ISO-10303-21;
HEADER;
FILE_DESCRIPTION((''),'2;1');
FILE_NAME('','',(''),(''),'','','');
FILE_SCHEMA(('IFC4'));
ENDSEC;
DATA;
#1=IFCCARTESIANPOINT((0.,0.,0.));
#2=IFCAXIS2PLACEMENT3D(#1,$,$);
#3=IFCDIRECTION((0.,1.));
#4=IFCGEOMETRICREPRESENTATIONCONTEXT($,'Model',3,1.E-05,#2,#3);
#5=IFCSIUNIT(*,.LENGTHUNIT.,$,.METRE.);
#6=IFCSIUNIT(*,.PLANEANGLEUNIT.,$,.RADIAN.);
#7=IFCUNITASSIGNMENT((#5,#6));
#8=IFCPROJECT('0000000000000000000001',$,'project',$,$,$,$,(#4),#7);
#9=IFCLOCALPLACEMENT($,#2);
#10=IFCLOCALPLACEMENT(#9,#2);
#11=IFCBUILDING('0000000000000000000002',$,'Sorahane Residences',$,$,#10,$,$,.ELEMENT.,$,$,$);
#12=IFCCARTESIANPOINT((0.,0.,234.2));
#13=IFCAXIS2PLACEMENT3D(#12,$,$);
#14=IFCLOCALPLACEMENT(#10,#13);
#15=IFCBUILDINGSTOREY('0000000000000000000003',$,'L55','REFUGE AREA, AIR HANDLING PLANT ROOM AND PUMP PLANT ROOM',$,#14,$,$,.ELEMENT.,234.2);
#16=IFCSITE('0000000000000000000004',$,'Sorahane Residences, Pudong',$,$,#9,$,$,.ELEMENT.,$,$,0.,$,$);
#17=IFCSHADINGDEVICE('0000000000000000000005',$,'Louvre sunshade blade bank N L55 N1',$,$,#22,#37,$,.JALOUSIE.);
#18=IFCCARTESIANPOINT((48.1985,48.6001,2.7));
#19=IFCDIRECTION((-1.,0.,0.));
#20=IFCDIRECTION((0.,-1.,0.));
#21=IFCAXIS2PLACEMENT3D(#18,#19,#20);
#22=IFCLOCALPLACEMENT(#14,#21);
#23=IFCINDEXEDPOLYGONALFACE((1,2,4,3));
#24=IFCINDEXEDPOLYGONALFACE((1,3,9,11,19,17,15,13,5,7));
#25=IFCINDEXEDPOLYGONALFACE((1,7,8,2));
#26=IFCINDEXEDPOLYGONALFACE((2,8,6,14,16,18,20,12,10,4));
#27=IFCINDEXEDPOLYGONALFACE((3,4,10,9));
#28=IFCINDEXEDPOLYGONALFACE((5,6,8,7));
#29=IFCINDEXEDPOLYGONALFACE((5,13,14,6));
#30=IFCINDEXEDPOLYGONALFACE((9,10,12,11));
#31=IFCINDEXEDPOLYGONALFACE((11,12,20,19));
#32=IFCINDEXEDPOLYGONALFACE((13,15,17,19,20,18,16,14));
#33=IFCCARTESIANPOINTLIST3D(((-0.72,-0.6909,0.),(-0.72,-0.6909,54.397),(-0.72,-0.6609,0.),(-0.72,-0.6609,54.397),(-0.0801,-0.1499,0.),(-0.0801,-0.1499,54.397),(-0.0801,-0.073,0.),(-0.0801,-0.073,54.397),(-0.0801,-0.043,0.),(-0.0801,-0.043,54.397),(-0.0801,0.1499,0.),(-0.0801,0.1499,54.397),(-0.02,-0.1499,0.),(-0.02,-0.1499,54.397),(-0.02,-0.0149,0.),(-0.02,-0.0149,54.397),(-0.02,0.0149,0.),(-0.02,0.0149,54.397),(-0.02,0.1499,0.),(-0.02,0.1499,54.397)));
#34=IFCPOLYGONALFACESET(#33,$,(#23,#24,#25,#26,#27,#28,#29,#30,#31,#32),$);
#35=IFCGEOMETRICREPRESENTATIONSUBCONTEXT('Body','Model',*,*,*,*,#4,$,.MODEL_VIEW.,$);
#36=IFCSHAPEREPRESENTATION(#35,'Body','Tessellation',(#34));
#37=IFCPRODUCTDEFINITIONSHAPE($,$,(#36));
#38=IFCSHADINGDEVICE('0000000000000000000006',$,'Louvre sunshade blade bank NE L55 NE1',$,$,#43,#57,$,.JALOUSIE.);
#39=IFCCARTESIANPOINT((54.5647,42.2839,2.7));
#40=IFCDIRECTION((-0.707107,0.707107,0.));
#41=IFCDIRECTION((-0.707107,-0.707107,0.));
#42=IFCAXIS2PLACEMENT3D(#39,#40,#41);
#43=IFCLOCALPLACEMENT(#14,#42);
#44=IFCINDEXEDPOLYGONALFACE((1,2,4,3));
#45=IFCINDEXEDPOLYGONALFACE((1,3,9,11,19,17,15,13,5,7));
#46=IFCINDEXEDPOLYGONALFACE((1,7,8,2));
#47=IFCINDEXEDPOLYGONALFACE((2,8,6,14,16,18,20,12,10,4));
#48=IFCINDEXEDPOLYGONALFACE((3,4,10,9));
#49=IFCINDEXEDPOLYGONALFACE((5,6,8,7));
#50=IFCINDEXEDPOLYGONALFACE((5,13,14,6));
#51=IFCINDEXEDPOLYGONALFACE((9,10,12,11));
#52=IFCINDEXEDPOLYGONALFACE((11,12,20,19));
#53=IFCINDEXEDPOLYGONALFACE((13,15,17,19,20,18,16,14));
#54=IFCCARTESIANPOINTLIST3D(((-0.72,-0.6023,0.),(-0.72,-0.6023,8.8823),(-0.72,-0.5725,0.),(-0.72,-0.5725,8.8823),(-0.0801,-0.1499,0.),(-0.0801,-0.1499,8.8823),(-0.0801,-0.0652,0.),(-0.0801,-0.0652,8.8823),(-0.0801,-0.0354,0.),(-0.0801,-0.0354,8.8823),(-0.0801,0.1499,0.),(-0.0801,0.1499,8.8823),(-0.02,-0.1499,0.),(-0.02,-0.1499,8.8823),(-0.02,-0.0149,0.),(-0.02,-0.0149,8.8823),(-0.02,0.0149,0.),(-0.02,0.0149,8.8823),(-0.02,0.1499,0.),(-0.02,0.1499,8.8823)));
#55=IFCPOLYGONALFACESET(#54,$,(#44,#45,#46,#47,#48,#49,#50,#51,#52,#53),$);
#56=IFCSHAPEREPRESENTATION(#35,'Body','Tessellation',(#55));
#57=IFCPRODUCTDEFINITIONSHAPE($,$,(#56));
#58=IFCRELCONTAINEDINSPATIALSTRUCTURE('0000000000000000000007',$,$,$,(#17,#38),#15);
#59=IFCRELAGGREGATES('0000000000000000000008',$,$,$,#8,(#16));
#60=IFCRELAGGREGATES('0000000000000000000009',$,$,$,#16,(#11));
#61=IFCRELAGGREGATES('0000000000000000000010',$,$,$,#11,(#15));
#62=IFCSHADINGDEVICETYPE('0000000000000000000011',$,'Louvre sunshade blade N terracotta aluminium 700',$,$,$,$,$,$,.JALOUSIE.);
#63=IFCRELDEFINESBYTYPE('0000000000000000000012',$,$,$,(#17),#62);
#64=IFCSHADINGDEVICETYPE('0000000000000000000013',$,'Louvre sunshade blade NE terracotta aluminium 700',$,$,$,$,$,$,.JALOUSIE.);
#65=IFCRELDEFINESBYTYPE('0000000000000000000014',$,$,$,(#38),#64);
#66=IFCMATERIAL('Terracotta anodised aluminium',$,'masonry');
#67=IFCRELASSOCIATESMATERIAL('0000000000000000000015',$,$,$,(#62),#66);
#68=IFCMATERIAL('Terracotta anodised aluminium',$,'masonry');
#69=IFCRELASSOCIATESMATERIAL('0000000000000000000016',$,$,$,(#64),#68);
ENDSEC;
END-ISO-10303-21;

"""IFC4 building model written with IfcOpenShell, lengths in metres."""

from ifc_helpers import new_model, si_unit, direction, frame, origin, place, context, subcontext, project, spatial, polyline, outline, extrude, material, type_object, element, save


model = new_model("IFC4")

# Units and contexts
model_context = context("Model", 3, precision=1e-05, world=origin(), true_north=direction((0.0, 1.0)))
body_context = subcontext(model_context, "Body", "Model", "MODEL_VIEW")
ifc_project = project(units=[si_unit("LENGTHUNIT", "METRE"), si_unit("PLANEANGLEUNIT", "RADIAN")], contexts=[model_context])

# Site, building, storey
site_placement = place(None, origin())
site = spatial("IfcSite", under=ifc_project, at=site_placement, Name="Sorahane Residences, Pudong", CompositionType="ELEMENT", RefElevation=0.0)
building_placement = place(site_placement, origin())
building = spatial("IfcBuilding", under=site, at=building_placement, Name="Sorahane Residences", CompositionType="ELEMENT")
storey_placement = place(building_placement, frame((0.0, 0.0, 234.2)))
storey = spatial("IfcBuildingStorey", under=building, at=storey_placement, Name="L55", Description="REFUGE AREA, AIR HANDLING PLANT ROOM AND PUMP PLANT ROOM", CompositionType="ELEMENT", Elevation=234.2)

# Shading devices
ifc_material_1 = material(Name="Terracotta anodised aluminium", Category="masonry")
shading_device_type_1 = type_object("IfcShadingDeviceType", Name="Louvre sunshade blade N terracotta aluminium 700", PredefinedType="JALOUSIE", material=ifc_material_1)
shading_device_1_placement = place(storey_placement, frame((48.1985, 48.6001, 2.7), z_axis=(-1.0, 0.0, 0.0), x_axis=(0.0, -1.0, 0.0)))
element("IfcShadingDevice", 1, at=shading_device_1_placement, inside=storey, type_object=shading_device_type_1, Name="Louvre sunshade blade bank N L55 N1", PredefinedType="JALOUSIE", context=body_context, shape_type="SweptSolid", body=[
    extrude(outline(polyline([(-0.72, -0.6609), (-0.72, -0.6909), (-0.0801, -0.073), (-0.0801, -0.1499), (-0.02, -0.1499), (-0.02, -0.0149), (-0.02, 0.0149), (-0.02, 0.1499), (-0.0801, 0.1499), (-0.0801, -0.043), (-0.72, -0.6609)])), origin(), (0.0, 0.0, 1.0), 54.397),
])
ifc_material_2 = material(Name="Terracotta anodised aluminium", Category="masonry")
shading_device_type_2 = type_object("IfcShadingDeviceType", Name="Louvre sunshade blade NE terracotta aluminium 700", PredefinedType="JALOUSIE", material=ifc_material_2)
shading_device_2_placement = place(storey_placement, frame((54.5647, 42.2839, 2.7), z_axis=(-0.707107, 0.707107, 0.0), x_axis=(-0.707107, -0.707107, 0.0)))
element("IfcShadingDevice", 2, at=shading_device_2_placement, inside=storey, type_object=shading_device_type_2, Name="Louvre sunshade blade bank NE L55 NE1", PredefinedType="JALOUSIE", context=body_context, shape_type="SweptSolid", body=[
    extrude(outline(polyline([(-0.72, -0.5725), (-0.72, -0.6023), (-0.0801, -0.0652), (-0.0801, -0.1499), (-0.02, -0.1499), (-0.02, -0.0149), (-0.02, 0.0149), (-0.02, 0.1499), (-0.0801, 0.1499), (-0.0801, -0.0354), (-0.72, -0.5725)])), origin(), (0.0, 0.0, 1.0), 8.8823),
])

save(model, "model.ifc")
